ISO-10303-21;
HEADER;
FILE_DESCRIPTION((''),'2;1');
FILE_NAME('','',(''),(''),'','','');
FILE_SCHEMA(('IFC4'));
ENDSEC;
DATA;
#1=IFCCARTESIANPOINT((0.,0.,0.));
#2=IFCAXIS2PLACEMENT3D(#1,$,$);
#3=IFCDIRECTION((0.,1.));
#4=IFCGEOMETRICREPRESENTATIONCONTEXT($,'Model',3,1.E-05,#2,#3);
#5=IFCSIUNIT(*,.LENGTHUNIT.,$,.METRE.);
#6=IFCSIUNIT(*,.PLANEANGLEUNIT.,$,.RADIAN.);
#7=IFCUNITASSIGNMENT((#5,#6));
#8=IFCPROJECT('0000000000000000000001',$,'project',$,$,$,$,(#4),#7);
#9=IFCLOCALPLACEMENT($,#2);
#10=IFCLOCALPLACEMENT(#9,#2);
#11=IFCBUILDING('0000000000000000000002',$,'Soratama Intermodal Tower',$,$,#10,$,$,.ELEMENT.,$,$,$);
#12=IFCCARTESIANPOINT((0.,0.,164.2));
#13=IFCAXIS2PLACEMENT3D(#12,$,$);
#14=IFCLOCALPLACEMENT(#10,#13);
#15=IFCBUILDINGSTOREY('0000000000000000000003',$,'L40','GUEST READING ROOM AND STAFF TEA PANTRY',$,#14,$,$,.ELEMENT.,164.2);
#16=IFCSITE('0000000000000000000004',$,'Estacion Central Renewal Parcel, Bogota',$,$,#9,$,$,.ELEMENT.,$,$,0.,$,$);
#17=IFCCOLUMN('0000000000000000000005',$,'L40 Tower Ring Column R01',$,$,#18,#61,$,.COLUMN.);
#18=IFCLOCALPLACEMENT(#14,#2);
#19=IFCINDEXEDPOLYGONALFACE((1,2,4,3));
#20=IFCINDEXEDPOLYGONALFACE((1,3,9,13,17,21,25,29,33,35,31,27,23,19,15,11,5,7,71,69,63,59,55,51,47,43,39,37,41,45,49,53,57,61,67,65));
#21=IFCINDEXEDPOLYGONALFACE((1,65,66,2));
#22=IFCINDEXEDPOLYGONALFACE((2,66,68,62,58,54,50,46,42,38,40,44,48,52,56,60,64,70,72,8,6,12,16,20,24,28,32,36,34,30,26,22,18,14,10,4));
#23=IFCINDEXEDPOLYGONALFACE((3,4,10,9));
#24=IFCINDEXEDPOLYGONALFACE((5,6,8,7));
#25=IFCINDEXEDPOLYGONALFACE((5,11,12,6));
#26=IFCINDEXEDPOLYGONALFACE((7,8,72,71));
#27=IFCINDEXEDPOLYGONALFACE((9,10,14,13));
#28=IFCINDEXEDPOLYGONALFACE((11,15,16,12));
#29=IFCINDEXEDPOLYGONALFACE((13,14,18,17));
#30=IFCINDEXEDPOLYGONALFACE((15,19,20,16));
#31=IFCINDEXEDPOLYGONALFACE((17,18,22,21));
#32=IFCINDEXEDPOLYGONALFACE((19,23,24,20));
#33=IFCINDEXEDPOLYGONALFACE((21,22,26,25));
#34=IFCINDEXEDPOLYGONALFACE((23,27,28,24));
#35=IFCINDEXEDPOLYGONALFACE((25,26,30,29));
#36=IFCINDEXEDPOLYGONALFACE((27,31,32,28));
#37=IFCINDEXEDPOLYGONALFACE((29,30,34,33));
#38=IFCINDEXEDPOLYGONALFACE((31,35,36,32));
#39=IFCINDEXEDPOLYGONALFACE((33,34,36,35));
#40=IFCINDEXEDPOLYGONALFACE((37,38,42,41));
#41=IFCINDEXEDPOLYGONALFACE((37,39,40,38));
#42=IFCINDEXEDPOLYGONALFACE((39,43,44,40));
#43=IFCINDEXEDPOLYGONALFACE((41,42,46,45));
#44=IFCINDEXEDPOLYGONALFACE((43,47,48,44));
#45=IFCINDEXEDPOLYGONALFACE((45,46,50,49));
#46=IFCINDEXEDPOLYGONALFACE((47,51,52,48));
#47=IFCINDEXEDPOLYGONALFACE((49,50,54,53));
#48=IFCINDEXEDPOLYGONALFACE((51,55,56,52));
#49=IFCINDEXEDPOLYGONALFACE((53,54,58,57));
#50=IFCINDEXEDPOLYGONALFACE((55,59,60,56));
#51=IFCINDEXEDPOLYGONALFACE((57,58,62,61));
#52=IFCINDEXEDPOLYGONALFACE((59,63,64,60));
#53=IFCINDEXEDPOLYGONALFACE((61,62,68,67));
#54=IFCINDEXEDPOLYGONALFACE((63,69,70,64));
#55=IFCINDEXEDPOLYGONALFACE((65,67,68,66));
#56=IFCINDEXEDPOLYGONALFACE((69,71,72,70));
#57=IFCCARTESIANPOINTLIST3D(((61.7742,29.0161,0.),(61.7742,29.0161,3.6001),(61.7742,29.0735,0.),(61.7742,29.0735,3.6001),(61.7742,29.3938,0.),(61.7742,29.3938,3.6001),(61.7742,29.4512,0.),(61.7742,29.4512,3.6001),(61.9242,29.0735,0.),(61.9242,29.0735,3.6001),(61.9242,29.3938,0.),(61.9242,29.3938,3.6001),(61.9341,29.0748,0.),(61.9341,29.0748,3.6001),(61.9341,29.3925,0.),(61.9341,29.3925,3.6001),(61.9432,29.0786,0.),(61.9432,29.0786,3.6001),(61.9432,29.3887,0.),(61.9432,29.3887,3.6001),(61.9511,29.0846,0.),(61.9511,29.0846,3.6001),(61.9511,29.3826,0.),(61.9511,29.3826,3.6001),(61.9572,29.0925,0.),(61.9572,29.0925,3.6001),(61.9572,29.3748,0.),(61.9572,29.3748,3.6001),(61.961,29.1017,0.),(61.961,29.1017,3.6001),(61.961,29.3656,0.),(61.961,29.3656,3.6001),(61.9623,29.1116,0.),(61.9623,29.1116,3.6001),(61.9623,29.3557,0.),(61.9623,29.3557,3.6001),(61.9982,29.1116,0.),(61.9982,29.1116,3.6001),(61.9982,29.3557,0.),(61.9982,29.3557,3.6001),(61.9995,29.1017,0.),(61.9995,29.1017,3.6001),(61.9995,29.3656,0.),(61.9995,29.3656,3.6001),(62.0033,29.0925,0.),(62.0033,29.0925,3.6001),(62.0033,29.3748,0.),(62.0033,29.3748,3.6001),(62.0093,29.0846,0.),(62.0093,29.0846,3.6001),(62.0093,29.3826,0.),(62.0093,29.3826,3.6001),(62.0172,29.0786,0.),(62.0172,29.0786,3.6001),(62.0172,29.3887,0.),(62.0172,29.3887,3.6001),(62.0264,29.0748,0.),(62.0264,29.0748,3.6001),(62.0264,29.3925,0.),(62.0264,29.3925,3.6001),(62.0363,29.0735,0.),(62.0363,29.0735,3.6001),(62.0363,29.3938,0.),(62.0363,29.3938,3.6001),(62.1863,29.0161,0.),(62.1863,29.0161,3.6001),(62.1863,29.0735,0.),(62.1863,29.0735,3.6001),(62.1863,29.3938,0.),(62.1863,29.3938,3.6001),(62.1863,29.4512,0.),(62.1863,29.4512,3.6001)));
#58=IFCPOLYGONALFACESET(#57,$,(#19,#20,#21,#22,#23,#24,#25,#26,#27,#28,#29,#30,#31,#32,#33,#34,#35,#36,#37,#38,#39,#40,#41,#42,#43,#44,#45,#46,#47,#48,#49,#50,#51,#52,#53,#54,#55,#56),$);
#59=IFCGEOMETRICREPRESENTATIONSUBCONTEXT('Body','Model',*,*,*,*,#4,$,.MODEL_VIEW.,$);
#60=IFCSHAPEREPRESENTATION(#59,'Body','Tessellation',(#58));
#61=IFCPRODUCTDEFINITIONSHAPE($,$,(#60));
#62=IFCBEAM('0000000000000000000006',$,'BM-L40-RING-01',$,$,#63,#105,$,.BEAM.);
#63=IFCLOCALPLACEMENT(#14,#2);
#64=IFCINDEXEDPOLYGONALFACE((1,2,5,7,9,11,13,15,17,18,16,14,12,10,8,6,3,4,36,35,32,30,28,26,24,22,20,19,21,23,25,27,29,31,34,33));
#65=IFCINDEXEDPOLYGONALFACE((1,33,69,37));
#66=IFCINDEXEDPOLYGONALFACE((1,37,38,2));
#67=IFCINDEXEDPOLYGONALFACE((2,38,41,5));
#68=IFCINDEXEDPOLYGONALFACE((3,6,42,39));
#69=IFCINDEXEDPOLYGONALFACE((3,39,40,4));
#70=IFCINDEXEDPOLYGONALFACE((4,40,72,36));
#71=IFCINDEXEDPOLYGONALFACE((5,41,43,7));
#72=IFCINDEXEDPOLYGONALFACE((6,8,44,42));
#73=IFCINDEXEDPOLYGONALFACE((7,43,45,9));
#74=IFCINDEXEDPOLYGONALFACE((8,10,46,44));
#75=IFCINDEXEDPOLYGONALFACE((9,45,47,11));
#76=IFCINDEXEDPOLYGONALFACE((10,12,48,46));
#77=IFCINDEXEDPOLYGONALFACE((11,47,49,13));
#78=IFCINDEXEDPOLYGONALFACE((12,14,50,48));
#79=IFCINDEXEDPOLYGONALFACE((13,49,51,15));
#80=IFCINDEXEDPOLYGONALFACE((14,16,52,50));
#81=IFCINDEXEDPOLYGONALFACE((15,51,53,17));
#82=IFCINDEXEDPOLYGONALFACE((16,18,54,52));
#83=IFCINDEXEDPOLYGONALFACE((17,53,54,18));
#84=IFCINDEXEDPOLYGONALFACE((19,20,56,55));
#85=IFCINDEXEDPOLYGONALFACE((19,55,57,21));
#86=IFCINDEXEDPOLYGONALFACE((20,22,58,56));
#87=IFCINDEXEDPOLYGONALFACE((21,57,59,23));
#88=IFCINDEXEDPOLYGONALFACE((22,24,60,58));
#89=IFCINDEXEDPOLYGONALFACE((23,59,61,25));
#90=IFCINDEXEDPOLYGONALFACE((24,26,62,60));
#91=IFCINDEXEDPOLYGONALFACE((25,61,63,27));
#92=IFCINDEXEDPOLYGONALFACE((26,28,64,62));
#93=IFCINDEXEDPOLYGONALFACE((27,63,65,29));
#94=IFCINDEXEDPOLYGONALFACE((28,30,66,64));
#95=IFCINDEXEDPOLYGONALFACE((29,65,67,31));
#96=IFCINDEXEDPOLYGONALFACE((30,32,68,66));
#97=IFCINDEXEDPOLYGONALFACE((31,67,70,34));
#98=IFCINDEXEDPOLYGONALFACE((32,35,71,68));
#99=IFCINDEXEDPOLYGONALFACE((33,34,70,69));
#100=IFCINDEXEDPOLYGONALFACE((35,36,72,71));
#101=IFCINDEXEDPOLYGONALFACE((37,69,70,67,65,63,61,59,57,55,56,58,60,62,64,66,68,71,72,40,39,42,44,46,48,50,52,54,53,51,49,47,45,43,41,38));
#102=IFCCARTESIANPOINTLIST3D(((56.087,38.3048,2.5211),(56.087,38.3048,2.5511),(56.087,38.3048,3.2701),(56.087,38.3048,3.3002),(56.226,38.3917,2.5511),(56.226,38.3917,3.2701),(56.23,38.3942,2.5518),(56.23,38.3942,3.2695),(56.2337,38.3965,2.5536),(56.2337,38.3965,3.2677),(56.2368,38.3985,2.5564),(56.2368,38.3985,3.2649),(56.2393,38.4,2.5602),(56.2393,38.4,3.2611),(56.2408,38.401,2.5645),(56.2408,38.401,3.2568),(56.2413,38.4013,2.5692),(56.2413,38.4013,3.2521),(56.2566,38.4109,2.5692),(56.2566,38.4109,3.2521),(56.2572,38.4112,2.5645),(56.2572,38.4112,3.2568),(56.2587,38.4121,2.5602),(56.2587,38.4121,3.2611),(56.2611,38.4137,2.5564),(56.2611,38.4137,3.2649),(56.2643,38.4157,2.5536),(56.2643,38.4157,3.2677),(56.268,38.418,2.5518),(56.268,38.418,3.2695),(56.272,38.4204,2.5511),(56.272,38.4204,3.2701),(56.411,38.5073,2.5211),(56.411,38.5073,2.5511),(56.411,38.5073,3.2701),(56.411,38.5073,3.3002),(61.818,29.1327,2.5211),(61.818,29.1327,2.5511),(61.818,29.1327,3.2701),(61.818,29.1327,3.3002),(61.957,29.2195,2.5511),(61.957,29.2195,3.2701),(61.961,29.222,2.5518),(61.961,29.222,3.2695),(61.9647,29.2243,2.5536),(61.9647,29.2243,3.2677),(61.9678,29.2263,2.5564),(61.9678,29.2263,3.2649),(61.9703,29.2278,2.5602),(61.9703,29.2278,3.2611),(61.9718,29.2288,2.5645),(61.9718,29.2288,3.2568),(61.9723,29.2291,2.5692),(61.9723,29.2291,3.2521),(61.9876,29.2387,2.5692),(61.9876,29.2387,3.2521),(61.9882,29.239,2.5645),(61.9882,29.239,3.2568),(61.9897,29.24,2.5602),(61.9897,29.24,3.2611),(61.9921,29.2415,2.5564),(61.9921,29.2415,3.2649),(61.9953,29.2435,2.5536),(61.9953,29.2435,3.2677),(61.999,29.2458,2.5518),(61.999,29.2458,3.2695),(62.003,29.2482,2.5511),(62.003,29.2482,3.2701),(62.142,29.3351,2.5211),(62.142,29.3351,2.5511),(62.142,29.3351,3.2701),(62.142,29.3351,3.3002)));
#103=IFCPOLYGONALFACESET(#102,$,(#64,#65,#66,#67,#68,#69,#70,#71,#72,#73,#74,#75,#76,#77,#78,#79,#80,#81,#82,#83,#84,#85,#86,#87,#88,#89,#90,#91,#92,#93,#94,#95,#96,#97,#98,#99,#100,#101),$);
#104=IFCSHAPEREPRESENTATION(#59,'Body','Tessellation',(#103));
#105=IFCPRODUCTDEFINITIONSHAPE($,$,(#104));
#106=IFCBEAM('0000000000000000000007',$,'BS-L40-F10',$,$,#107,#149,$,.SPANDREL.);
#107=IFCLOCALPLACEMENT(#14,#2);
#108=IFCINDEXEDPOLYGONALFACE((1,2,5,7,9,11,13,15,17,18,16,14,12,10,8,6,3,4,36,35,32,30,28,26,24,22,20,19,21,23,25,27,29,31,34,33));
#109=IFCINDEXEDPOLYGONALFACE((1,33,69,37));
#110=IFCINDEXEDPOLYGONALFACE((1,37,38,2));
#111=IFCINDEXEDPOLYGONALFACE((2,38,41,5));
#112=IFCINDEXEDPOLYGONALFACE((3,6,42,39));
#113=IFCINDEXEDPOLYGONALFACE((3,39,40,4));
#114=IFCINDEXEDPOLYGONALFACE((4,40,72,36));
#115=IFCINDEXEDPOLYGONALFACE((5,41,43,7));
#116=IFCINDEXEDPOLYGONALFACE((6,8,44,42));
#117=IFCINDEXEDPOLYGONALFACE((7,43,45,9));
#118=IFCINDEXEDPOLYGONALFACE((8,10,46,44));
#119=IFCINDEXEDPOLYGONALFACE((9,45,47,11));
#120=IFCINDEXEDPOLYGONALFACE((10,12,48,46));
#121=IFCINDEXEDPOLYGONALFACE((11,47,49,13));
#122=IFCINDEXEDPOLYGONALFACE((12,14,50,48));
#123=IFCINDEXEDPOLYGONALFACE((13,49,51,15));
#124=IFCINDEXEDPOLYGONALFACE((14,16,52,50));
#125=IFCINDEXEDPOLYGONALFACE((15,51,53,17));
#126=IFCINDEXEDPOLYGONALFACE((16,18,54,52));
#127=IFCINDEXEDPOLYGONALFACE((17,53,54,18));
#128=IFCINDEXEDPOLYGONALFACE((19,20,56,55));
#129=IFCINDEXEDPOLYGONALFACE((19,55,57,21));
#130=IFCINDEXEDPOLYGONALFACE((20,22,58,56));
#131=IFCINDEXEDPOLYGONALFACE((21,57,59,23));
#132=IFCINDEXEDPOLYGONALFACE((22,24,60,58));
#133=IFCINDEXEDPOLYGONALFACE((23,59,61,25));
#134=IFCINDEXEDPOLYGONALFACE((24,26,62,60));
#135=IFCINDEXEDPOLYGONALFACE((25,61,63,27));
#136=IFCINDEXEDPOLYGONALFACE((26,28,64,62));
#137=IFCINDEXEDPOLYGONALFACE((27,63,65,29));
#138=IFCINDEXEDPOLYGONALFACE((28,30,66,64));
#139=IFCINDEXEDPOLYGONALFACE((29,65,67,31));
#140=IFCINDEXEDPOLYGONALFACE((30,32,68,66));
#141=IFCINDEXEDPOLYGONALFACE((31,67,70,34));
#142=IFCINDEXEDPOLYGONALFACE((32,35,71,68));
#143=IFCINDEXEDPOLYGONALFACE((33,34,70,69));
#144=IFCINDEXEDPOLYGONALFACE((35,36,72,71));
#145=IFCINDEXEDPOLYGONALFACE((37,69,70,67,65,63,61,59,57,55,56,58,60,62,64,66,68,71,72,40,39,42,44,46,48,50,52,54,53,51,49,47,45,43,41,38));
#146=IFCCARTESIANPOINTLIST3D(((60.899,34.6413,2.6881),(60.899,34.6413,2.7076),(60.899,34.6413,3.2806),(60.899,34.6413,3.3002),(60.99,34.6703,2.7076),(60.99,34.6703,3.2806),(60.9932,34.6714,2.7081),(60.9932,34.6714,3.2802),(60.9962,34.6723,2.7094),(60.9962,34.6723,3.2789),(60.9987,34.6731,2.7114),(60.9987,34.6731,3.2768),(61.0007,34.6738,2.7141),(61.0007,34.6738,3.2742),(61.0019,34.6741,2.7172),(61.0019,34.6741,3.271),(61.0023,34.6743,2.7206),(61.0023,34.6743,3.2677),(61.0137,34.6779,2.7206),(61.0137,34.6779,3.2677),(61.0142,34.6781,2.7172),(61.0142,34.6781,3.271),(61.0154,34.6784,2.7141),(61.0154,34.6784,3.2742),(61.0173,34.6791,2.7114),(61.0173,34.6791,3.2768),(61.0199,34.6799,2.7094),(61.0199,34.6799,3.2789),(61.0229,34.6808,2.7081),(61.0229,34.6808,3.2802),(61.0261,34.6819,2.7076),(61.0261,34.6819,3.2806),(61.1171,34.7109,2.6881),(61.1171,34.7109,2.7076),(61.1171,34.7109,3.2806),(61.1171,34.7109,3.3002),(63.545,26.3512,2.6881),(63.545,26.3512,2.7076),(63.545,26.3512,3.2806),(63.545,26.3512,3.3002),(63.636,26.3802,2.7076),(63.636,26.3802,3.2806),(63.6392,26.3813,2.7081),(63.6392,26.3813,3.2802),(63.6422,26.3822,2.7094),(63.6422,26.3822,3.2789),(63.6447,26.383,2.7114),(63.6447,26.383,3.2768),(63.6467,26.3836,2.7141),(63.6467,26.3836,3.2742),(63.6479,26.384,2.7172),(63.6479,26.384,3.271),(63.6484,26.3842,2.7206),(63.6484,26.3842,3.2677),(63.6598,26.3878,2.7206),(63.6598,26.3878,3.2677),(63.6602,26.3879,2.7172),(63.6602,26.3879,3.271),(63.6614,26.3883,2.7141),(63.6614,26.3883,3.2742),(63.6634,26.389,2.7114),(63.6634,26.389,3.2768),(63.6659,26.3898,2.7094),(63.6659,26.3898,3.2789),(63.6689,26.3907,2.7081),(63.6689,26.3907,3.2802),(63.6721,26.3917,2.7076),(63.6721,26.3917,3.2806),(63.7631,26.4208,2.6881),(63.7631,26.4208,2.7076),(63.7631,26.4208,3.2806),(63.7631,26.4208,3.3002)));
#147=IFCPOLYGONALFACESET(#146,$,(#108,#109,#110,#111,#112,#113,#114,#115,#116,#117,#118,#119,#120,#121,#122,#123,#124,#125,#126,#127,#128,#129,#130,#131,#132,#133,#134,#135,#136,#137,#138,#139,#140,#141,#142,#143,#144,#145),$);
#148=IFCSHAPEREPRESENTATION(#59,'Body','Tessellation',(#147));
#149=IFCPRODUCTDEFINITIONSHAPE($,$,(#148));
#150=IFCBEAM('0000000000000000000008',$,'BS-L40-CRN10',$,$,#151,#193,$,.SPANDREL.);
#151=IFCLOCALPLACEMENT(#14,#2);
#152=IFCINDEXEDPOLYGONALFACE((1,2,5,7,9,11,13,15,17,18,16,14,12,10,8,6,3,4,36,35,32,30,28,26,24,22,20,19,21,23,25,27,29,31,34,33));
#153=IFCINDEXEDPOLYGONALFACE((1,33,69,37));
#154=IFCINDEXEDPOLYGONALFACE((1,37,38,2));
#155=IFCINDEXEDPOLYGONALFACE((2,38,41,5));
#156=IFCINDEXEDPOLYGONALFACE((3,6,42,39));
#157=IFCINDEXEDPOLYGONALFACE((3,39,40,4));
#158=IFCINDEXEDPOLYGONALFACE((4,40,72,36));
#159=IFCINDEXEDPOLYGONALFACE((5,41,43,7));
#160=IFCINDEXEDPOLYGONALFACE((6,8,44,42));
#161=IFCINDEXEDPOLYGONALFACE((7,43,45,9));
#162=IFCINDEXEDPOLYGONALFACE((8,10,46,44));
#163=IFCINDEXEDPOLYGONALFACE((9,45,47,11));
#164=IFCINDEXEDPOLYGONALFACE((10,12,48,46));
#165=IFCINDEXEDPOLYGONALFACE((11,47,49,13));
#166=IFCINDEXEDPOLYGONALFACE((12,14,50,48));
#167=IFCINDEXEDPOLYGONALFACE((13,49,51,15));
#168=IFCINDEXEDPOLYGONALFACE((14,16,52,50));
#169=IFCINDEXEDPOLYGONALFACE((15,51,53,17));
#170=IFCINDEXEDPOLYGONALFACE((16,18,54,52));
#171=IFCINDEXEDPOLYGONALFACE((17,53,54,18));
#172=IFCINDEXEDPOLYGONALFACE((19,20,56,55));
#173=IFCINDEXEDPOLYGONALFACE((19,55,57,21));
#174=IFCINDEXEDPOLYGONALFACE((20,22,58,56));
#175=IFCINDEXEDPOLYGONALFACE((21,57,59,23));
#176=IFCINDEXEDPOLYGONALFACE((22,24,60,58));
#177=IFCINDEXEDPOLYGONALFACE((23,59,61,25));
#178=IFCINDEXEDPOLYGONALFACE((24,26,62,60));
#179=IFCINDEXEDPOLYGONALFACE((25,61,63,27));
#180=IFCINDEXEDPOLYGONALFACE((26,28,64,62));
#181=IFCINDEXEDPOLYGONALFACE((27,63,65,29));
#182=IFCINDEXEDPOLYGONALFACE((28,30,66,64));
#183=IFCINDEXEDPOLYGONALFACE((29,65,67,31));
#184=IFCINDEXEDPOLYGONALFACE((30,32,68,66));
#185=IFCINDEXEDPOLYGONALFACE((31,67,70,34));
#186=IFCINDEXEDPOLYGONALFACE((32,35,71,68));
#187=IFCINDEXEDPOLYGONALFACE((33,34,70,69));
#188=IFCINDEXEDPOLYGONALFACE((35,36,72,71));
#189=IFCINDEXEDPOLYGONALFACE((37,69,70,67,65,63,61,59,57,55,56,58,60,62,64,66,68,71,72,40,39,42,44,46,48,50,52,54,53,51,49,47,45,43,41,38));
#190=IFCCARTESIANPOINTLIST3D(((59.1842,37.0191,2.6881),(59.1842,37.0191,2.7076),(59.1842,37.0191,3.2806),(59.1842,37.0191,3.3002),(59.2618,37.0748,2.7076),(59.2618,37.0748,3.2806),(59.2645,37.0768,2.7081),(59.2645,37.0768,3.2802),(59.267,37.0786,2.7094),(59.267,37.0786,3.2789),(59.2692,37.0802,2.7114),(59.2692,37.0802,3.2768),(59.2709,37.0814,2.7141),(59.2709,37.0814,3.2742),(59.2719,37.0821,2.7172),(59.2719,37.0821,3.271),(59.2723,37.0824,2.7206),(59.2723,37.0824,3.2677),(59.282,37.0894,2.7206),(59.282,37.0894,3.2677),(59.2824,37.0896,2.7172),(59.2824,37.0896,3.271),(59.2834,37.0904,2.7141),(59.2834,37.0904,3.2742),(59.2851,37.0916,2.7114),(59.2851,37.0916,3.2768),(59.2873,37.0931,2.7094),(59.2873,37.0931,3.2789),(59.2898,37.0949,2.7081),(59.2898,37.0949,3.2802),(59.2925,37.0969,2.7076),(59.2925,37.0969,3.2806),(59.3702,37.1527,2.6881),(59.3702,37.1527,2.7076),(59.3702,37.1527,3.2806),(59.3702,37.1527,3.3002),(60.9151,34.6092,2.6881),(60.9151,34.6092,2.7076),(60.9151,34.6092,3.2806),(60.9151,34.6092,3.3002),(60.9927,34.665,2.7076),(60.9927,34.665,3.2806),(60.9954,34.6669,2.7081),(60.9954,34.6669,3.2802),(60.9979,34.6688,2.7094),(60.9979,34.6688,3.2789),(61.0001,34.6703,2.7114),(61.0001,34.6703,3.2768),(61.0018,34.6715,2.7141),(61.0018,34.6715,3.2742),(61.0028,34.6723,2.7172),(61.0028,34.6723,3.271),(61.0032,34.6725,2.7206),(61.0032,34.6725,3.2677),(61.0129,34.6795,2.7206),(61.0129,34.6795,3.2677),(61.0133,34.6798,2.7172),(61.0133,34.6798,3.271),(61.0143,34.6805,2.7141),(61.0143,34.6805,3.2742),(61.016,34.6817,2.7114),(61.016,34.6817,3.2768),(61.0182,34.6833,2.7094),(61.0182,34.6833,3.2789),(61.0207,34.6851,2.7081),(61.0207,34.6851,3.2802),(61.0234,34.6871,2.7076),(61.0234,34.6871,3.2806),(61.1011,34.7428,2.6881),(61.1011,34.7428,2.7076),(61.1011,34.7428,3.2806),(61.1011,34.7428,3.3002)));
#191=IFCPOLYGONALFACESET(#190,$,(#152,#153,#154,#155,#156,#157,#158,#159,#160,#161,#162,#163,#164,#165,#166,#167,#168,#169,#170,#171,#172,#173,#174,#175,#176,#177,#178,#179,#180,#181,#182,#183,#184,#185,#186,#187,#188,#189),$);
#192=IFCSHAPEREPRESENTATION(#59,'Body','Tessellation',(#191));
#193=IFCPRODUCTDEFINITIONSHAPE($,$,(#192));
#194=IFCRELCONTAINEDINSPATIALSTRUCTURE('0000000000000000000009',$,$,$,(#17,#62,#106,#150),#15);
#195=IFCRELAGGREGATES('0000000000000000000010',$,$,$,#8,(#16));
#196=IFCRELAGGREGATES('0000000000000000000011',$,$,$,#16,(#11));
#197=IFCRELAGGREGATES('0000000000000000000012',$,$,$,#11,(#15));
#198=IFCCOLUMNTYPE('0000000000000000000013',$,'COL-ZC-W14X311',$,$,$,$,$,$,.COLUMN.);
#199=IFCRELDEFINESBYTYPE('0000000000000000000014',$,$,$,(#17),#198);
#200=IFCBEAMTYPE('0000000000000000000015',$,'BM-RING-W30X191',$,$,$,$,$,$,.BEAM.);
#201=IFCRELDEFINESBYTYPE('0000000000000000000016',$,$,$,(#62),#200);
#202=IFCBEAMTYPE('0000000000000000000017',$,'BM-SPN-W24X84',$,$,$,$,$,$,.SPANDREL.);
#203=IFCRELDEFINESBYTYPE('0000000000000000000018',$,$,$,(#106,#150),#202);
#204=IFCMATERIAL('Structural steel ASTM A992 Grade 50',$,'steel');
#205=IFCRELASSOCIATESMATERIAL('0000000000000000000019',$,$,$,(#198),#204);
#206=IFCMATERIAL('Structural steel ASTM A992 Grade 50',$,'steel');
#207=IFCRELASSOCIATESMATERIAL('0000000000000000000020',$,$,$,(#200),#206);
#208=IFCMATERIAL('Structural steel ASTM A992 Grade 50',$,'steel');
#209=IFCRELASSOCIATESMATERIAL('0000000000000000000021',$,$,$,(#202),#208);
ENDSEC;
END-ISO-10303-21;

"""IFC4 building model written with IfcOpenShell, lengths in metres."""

from ifc_helpers import new_model, si_unit, direction, frame, origin, origin_2d, place, context, subcontext, project, spatial, i_section, extrude, material, material_profile, profile_set, type_object, element, save


model = new_model("IFC4")

# Units and contexts
model_context = context("Model", 3, precision=1e-05, world=origin(), true_north=direction((0.0, 1.0)))
body_context = subcontext(model_context, "Body", "Model", "MODEL_VIEW")
ifc_project = project(units=[si_unit("LENGTHUNIT", "METRE"), si_unit("PLANEANGLEUNIT", "RADIAN")], contexts=[model_context])

# Site, building, storey
site_placement = place(None, origin())
site = spatial("IfcSite", under=ifc_project, at=site_placement, Name="Estacion Central Renewal Parcel, Bogota", CompositionType="ELEMENT", RefElevation=0.0)
building_placement = place(site_placement, origin())
building = spatial("IfcBuilding", under=site, at=building_placement, Name="Soratama Intermodal Tower", CompositionType="ELEMENT")
storey_placement = place(building_placement, frame((0.0, 0.0, 164.2)))
storey = spatial("IfcBuildingStorey", under=building, at=storey_placement, Name="L40", Description="GUEST READING ROOM AND STAFF TEA PANTRY", CompositionType="ELEMENT", Elevation=164.2)

# Column
ifc_material_1 = material(Name="Structural steel ASTM A992 Grade 50", Category="steel")
ifc_material_profile_1 = material_profile(ifc_material_1, i_section(OverallWidth=0.4121, OverallDepth=0.4351, WebThickness=0.0359, FlangeThickness=0.0574, FilletRadius=0.0381, at=origin_2d()), Name="W14X311")
ifc_profile_set_1 = profile_set([ifc_material_profile_1], Name="Structural steel ASTM A992 Grade 50")
column_type = type_object("IfcColumnType", Name="COL-ZC-W14X311", PredefinedType="COLUMN", material=ifc_profile_set_1)
column_placement = place(storey_placement, frame((61.9802, 29.2336, 0.0), z_axis=(0.0, 0.0, 1.0), x_axis=(1.0, 0.0, 0.0)))
element("IfcColumn", 1, at=column_placement, inside=storey, type_object=column_type, Name="L40 Tower Ring Column R01", PredefinedType="COLUMN", context=body_context, shape_type="SweptSolid", body=[
    extrude(i_section(OverallWidth=0.4121, OverallDepth=0.4351, WebThickness=0.0359, FlangeThickness=0.0574, FilletRadius=0.0381, at=origin_2d()), origin(), (0.0, 0.0, 1.0), 3.6001),
])

# Beams
ifc_material_2 = material(Name="Structural steel ASTM A992 Grade 50", Category="steel")
ifc_material_profile_2 = material_profile(ifc_material_2, i_section(OverallWidth=0.3821, OverallDepth=0.7791, WebThickness=0.0181, FlangeThickness=0.03, FilletRadius=0.0181, at=origin_2d()), Name="W30X191")
ifc_profile_set_2 = profile_set([ifc_material_profile_2], Name="Structural steel ASTM A992 Grade 50")
beam_type_1 = type_object("IfcBeamType", Name="BM-RING-W30X191", PredefinedType="BEAM", material=ifc_profile_set_2)
beam_1_placement = place(storey_placement, frame((61.98, 29.2339, 2.9106), z_axis=(-0.529891, 0.848066, 0.0), x_axis=(-0.848066, -0.529891, 0.0)))
element("IfcBeam", 2, at=beam_1_placement, inside=storey, type_object=beam_type_1, Name="BM-L40-RING-01", PredefinedType="BEAM", context=body_context, shape_type="SweptSolid", body=[
    extrude(i_section(OverallWidth=0.3821, OverallDepth=0.7791, WebThickness=0.0181, FlangeThickness=0.03, FilletRadius=0.0181, at=origin_2d()), origin(), (0.0, 0.0, 1.0), 10.8154),
])
ifc_material_3 = material(Name="Structural steel ASTM A992 Grade 50", Category="steel")
ifc_material_profile_3 = material_profile(ifc_material_3, i_section(OverallWidth=0.229, OverallDepth=0.6121, WebThickness=0.012, FlangeThickness=0.0195, FilletRadius=0.0129, at=origin_2d()), Name="W24X84")
ifc_profile_set_3 = profile_set([ifc_material_profile_3], Name="Structural steel ASTM A992 Grade 50")
beam_type_2 = type_object("IfcBeamType", Name="BM-SPN-W24X84", PredefinedType="SPANDREL", material=ifc_profile_set_3)
beam_2_placement = place(storey_placement, frame((63.6541, 26.386, 2.9941), z_axis=(-0.304065, 0.952651, 0.0), x_axis=(-0.952651, -0.304065, 0.0)))
element("IfcBeam", 3, at=beam_2_placement, inside=storey, type_object=beam_type_2, Name="BS-L40-F10", PredefinedType="SPANDREL", context=body_context, shape_type="SweptSolid", body=[
    extrude(i_section(OverallWidth=0.229, OverallDepth=0.6121, WebThickness=0.012, FlangeThickness=0.0195, FilletRadius=0.0129, at=origin_2d()), origin(), (0.0, 0.0, 1.0), 8.7021),
])
beam_3_placement = place(storey_placement, frame((61.0081, 34.676, 2.9941), z_axis=(-0.583377, 0.812202, 0.0), x_axis=(-0.812202, -0.583377, 0.0)))
element("IfcBeam", 4, at=beam_3_placement, inside=storey, type_object=beam_type_2, Name="BS-L40-CRN10", PredefinedType="SPANDREL", context=body_context, shape_type="SweptSolid", body=[
    extrude(i_section(OverallWidth=0.229, OverallDepth=0.6121, WebThickness=0.012, FlangeThickness=0.0195, FilletRadius=0.0129, at=origin_2d()), origin(), (0.0, 0.0, 1.0), 2.967),
])

save(model, "model.ifc")
